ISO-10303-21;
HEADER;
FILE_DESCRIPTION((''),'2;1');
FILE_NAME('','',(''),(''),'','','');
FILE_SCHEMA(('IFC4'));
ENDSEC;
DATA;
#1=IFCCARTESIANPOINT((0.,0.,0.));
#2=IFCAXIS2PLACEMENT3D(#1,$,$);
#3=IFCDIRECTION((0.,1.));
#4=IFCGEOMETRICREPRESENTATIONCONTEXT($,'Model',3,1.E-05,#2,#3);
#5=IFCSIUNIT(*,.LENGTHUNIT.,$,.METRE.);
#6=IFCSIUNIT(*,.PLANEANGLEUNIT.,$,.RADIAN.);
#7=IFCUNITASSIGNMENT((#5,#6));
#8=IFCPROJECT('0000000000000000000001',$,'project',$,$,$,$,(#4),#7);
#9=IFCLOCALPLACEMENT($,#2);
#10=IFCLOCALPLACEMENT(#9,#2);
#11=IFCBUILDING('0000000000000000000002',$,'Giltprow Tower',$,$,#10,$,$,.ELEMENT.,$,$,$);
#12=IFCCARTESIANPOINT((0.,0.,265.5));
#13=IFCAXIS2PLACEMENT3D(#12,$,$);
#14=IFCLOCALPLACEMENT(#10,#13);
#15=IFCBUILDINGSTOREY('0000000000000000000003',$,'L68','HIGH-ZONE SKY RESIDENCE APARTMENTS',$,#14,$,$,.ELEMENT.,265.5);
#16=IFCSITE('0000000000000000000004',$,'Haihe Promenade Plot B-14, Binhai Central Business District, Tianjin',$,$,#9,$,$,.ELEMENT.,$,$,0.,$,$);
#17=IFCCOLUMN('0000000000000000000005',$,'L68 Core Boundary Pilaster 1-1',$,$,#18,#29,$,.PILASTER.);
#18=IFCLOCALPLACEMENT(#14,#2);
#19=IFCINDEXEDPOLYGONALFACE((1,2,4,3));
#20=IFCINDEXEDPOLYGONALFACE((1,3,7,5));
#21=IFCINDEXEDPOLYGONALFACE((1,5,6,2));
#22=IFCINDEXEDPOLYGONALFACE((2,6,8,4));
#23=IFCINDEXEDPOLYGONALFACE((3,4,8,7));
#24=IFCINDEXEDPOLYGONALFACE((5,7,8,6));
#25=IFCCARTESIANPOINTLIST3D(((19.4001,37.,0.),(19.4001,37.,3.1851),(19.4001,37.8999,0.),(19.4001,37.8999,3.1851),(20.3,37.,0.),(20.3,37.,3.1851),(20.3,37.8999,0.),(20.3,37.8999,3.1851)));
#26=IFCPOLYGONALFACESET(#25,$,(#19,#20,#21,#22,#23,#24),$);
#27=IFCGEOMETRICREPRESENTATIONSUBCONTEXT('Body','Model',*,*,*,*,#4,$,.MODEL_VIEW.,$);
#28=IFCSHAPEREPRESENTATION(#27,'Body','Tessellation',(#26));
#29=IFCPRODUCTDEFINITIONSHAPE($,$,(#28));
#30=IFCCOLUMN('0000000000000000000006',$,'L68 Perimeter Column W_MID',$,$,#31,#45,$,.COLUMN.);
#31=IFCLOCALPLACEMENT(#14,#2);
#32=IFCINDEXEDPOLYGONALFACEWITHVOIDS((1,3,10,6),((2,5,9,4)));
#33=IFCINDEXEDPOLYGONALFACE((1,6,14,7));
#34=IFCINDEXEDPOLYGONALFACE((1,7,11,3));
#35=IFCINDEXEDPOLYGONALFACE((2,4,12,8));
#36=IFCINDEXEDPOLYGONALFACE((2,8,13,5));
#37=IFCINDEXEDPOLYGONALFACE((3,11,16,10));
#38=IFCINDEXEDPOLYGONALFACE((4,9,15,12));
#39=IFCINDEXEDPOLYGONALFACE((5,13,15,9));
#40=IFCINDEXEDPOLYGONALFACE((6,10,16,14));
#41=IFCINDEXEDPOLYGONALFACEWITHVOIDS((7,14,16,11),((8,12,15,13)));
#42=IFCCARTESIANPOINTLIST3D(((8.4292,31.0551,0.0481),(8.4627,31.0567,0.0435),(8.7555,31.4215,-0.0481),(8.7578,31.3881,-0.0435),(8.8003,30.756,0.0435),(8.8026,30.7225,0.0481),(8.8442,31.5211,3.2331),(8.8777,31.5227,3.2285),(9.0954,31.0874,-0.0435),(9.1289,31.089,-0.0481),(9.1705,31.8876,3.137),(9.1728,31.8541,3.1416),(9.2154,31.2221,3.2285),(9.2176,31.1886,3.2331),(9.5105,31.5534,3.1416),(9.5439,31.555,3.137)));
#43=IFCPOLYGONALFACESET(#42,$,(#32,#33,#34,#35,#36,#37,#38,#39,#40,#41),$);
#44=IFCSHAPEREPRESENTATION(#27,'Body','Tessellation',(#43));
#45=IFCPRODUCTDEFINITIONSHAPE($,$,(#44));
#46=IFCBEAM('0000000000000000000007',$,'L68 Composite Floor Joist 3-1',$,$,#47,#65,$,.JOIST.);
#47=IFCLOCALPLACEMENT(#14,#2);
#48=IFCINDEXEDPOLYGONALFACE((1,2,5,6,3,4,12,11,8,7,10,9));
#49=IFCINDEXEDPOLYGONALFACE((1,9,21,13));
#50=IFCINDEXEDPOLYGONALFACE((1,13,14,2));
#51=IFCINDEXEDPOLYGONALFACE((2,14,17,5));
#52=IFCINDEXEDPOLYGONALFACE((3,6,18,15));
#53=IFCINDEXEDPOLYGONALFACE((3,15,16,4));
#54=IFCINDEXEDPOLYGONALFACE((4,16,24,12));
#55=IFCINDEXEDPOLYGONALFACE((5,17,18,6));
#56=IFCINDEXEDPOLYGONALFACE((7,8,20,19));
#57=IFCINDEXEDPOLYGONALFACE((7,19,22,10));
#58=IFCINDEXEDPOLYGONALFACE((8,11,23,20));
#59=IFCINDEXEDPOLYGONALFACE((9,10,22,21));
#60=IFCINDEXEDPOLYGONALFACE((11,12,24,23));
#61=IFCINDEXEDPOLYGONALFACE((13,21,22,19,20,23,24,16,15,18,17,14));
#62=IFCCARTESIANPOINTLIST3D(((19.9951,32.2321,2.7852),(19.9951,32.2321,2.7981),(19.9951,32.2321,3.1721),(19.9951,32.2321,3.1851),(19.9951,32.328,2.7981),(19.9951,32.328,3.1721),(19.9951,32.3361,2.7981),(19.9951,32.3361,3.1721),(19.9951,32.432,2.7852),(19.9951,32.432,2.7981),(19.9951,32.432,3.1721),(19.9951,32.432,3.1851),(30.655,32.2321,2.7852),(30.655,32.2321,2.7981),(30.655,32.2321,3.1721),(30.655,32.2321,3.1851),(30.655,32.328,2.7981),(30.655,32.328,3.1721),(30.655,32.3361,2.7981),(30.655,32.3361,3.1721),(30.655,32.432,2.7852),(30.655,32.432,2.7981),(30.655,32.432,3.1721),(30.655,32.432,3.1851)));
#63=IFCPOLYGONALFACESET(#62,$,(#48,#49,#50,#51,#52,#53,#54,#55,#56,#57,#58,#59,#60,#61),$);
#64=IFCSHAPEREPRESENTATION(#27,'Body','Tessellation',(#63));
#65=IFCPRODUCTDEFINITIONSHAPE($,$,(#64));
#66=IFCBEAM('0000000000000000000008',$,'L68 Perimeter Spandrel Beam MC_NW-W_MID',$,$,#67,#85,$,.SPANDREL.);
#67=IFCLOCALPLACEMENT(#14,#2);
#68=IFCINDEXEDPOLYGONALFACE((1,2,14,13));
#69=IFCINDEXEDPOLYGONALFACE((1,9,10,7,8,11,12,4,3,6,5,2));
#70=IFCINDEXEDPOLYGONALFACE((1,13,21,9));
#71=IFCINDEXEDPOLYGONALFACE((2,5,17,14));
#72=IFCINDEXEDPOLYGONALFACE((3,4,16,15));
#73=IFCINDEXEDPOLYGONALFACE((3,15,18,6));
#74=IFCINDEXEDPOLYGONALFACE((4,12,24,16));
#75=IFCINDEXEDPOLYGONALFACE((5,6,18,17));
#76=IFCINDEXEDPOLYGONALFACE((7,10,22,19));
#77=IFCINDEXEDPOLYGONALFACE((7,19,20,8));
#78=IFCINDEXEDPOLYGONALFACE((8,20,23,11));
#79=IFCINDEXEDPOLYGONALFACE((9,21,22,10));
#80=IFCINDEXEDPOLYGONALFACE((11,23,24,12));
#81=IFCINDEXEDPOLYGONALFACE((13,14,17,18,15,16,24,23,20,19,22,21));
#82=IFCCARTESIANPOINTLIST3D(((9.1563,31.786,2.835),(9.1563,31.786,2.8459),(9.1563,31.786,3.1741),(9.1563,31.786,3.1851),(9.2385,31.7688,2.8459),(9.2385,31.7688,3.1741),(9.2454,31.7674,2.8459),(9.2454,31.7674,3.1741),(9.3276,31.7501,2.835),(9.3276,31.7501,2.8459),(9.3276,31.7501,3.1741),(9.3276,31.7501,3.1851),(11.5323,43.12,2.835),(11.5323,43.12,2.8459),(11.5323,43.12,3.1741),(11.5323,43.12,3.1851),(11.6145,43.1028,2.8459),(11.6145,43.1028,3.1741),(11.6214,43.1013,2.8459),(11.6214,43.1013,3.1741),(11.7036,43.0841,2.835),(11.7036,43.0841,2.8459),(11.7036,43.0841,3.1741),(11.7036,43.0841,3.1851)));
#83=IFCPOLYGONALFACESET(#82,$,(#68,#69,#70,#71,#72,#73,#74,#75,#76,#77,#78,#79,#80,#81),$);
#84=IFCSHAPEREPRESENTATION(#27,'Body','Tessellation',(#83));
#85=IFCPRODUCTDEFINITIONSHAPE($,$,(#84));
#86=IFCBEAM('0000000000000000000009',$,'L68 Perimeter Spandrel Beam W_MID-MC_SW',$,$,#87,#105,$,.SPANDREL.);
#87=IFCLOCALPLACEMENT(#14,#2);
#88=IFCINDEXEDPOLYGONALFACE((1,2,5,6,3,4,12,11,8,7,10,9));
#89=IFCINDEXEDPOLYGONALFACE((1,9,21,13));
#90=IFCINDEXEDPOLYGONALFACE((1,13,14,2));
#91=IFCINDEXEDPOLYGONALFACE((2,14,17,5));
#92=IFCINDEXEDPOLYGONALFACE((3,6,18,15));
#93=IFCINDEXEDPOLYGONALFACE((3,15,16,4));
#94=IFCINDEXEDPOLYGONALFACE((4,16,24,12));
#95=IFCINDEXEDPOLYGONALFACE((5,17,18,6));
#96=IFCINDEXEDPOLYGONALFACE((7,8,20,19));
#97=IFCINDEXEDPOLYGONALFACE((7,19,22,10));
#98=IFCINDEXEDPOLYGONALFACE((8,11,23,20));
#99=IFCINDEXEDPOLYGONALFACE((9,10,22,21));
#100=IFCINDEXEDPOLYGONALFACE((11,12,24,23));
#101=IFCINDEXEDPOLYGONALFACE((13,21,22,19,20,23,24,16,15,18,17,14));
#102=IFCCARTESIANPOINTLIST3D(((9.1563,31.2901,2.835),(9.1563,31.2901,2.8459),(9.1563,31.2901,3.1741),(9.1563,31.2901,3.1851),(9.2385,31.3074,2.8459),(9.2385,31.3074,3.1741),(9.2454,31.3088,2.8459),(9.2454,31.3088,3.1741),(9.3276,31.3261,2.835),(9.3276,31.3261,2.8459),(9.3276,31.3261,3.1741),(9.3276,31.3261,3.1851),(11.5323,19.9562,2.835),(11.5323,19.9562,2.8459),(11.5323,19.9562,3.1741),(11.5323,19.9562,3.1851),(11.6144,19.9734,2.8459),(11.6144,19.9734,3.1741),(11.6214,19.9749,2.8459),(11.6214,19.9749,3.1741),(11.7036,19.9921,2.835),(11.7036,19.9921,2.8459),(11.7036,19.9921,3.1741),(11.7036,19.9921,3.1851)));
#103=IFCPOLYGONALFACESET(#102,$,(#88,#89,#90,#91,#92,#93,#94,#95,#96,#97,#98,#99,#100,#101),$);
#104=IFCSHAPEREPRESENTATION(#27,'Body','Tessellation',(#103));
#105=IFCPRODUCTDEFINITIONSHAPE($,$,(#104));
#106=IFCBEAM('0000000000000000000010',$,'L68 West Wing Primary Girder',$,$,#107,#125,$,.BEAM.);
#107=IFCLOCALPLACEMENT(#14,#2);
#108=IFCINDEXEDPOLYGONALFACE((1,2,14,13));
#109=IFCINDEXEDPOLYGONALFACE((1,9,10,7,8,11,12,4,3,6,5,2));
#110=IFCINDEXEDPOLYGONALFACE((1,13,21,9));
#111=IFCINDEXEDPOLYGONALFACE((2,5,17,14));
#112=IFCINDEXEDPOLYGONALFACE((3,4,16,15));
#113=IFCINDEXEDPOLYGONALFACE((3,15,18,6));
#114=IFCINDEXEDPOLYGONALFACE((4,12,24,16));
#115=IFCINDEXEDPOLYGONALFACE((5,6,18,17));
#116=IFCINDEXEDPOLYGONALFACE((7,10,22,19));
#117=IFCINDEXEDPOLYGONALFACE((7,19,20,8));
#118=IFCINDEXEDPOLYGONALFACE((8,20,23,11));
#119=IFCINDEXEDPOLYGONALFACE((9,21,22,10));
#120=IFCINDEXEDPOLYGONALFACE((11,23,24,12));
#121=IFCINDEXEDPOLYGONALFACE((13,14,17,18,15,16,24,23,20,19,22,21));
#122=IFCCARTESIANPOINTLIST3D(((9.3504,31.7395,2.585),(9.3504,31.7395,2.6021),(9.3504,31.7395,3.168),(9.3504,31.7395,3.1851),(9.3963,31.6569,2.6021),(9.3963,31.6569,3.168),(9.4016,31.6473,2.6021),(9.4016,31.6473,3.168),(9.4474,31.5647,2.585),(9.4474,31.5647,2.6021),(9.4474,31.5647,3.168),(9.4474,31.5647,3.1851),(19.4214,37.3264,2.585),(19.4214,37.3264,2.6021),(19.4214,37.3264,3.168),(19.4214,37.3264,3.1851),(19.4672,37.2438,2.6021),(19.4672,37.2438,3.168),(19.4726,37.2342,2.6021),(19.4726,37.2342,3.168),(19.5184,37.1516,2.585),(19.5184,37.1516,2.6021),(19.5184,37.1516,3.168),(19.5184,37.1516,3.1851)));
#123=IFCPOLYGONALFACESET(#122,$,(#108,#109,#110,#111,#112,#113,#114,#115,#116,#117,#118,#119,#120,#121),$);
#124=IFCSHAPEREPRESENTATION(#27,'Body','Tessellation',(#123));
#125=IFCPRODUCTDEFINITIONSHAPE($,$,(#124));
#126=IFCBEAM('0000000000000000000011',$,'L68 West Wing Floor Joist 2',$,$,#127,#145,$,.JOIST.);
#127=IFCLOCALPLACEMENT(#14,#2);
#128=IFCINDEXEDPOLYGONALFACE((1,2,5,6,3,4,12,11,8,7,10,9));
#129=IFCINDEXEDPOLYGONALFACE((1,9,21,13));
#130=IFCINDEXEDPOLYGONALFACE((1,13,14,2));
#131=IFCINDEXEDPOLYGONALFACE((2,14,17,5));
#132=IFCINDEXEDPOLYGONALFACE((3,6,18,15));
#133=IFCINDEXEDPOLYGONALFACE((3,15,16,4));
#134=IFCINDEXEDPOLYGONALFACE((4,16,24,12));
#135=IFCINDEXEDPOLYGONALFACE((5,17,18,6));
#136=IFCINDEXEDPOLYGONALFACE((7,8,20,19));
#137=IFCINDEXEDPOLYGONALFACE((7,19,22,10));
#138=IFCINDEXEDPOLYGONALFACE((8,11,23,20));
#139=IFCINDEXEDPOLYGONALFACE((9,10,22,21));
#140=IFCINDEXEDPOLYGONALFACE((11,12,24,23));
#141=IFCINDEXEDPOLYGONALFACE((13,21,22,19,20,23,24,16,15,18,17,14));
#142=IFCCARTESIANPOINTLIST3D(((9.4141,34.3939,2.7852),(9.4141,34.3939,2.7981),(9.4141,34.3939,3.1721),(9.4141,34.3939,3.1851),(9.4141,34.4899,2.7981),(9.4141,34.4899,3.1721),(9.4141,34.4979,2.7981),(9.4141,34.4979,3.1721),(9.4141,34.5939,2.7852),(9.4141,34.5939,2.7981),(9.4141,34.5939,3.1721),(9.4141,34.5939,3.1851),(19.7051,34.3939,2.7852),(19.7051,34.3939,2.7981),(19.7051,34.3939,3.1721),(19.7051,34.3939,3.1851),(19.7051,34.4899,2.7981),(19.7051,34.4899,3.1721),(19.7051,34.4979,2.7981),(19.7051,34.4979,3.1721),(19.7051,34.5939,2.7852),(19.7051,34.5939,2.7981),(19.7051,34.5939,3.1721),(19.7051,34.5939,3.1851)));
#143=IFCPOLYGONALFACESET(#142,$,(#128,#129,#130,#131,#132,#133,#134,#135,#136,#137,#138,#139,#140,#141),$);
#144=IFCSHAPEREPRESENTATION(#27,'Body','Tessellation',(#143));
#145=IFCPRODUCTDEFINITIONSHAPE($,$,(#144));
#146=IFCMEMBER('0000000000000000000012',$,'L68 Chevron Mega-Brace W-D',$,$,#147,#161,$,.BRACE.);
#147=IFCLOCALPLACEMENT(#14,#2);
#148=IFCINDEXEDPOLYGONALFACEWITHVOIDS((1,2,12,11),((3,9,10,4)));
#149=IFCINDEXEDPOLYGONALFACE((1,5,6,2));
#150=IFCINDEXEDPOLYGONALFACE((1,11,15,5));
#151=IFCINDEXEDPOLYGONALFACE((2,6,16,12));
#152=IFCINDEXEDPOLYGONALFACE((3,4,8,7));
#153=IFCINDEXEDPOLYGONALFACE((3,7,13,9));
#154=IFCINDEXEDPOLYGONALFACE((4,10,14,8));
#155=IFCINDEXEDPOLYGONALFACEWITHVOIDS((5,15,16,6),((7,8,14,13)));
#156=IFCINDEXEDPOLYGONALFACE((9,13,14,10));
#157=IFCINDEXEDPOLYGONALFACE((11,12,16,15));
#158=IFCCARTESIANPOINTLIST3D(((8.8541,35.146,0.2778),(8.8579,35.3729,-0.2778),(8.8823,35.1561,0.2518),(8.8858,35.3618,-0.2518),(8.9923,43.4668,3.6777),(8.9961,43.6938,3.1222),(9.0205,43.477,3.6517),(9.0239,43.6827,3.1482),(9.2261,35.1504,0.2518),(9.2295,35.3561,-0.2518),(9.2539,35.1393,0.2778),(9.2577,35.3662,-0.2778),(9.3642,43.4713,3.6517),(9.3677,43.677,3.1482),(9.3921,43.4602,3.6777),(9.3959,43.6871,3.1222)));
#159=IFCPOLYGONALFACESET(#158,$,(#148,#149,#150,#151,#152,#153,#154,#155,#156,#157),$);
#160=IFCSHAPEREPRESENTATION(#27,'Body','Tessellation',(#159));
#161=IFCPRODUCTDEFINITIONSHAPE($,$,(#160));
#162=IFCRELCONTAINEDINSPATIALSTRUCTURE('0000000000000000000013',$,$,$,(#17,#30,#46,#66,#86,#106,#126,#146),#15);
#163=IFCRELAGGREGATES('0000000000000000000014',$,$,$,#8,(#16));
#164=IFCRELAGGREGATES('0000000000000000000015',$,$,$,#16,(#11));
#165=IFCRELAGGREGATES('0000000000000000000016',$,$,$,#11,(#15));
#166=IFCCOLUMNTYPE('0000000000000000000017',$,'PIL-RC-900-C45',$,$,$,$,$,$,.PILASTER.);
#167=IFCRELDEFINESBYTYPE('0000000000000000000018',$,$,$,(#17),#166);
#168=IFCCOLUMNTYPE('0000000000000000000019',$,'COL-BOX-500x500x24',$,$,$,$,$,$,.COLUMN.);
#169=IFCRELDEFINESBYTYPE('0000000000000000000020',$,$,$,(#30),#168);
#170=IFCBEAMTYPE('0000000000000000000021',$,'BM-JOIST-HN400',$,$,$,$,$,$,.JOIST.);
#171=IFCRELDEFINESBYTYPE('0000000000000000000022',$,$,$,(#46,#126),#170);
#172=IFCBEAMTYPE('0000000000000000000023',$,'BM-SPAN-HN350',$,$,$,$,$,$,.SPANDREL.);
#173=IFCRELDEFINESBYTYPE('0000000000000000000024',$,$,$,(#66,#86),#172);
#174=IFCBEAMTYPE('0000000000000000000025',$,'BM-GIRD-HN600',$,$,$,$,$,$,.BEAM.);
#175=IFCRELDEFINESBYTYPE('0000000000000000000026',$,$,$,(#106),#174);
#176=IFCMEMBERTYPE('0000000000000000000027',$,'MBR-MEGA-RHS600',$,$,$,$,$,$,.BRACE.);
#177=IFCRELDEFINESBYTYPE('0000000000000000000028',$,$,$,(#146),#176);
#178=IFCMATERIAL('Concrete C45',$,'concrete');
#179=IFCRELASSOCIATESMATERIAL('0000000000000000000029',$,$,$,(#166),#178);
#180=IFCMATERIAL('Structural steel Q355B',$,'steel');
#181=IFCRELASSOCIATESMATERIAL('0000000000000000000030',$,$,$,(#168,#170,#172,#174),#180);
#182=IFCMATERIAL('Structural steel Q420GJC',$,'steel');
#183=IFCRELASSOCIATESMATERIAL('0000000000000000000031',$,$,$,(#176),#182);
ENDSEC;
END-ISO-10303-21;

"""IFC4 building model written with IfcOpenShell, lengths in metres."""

from ifc_helpers import new_model, si_unit, direction, frame, origin, origin_2d, place, context, subcontext, project, spatial, rectangle, hollow_rectangle, i_section, extrude, source, transform, mapped, material, material_profile, profile_set, type_object, element, save


model = new_model("IFC4")

# Units and contexts
model_context = context("Model", 3, precision=1e-05, world=origin(), true_north=direction((0.0, 1.0)))
body_context = subcontext(model_context, "Body", "Model", "MODEL_VIEW")
ifc_project = project(units=[si_unit("LENGTHUNIT", "METRE"), si_unit("PLANEANGLEUNIT", "RADIAN")], contexts=[model_context])

# Site, building, storey
site_placement = place(None, origin())
site = spatial("IfcSite", under=ifc_project, at=site_placement, Name="Haihe Promenade Plot B-14, Binhai Central Business District, Tianjin", CompositionType="ELEMENT", RefElevation=0.0)
building_placement = place(site_placement, origin())
building = spatial("IfcBuilding", under=site, at=building_placement, Name="Giltprow Tower", CompositionType="ELEMENT")
storey_placement = place(building_placement, frame((0.0, 0.0, 265.5)))
storey = spatial("IfcBuildingStorey", under=building, at=storey_placement, Name="L68", Description="HIGH-ZONE SKY RESIDENCE APARTMENTS", CompositionType="ELEMENT", Elevation=265.5)

# Columns
ifc_material_1 = material(Name="Concrete C45", Category="concrete")
ifc_material_profile_1 = material_profile(ifc_material_1, rectangle(XDim=0.8999, YDim=0.8999, at=origin_2d()), Name="RC 900x900")
ifc_profile_set_1 = profile_set([ifc_material_profile_1], Name="Concrete C45")
column_type_1 = type_object("IfcColumnType", Name="PIL-RC-900-C45", PredefinedType="PILASTER", material=ifc_profile_set_1)
shared_shape_1 = source(origin(), body_context, "Body", "SweptSolid", [
    extrude(rectangle(XDim=0.8999, YDim=0.8999, at=origin_2d()), origin(), (0.0, 0.0, 1.0), 3.1851),
])
column_1_placement = place(storey_placement, frame((19.8501, 37.45, 0.0), z_axis=(0.0, 0.0, 1.0), x_axis=(1.0, 0.0, 0.0)))
element("IfcColumn", 1, at=column_1_placement, inside=storey, type_object=column_type_1, Name="L68 Core Boundary Pilaster 1-1", PredefinedType="PILASTER", context=body_context, shape_type="MappedRepresentation", body=[
    mapped(shared_shape_1, transform((0.0, 0.0, 0.0), x_axis=(1.0, 0.0, 0.0), y_axis=(0.0, 1.0, 0.0), z_axis=(0.0, 0.0, 1.0), scale=1.0)),
])
ifc_material_2 = material(Name="Structural steel Q355B", Category="steel")
ifc_material_profile_2 = material_profile(ifc_material_2, hollow_rectangle(XDim=0.5, YDim=0.5, WallThickness=0.0239, at=origin_2d()), Name="BOX 500x500x24")
ifc_profile_set_2 = profile_set([ifc_material_profile_2], Name="Structural steel Q355B")
column_type_2 = type_object("IfcColumnType", Name="COL-BOX-500x500x24", PredefinedType="COLUMN", material=ifc_profile_set_2)
shared_shape_2 = source(origin(), body_context, "Body", "SweptSolid", [
    extrude(hollow_rectangle(XDim=0.5, YDim=0.5, WallThickness=0.0239, at=origin_2d()), origin(), (0.0, 0.0, 1.0), 3.2456),
])
column_2_placement = place(storey_placement, frame((8.7791, 31.072, 0.0), z_axis=(0.127877, 0.143598, 0.98134), x_axis=(-0.746805, 0.665043, 0.0)))
element("IfcColumn", 2, at=column_2_placement, inside=storey, type_object=column_type_2, Name="L68 Perimeter Column W_MID", PredefinedType="COLUMN", context=body_context, shape_type="MappedRepresentation", body=[
    mapped(shared_shape_2, transform((0.0, 0.0, 0.0), x_axis=(1.0, 0.0, 0.0), y_axis=(0.0, 1.0, 0.0), z_axis=(0.0, 0.0, 1.0), scale=1.0)),
])

# Beams
ifc_material_profile_3 = material_profile(ifc_material_2, i_section(OverallWidth=0.2, OverallDepth=0.3999, WebThickness=0.0081, FlangeThickness=0.0129, at=origin_2d()), Name="HN 400x200x8x13")
ifc_profile_set_3 = profile_set([ifc_material_profile_3], Name="Structural steel Q355B")
beam_type_1 = type_object("IfcBeamType", Name="BM-JOIST-HN400", PredefinedType="JOIST", material=ifc_profile_set_3)
shared_shape_3 = source(origin(), body_context, "Body", "SweptSolid", [
    extrude(i_section(OverallWidth=0.2, OverallDepth=0.3999, WebThickness=0.0081, FlangeThickness=0.0129, at=origin_2d()), origin(), (0.0, 0.0, 1.0), 10.6599),
])
beam_1_placement = place(storey_placement, frame((19.9951, 32.332, 2.9851), z_axis=(1.0, 0.0, 0.0), x_axis=(0.0, 1.0, 0.0)))
element("IfcBeam", 3, at=beam_1_placement, inside=storey, type_object=beam_type_1, Name="L68 Composite Floor Joist 3-1", PredefinedType="JOIST", context=body_context, shape_type="MappedRepresentation", body=[
    mapped(shared_shape_3, transform((0.0, 0.0, 0.0), x_axis=(1.0, 0.0, 0.0), y_axis=(0.0, 1.0, 0.0), z_axis=(0.0, 0.0, 1.0), scale=1.0)),
])
ifc_material_profile_4 = material_profile(ifc_material_2, i_section(OverallWidth=0.175, OverallDepth=0.3501, WebThickness=0.0071, FlangeThickness=0.011, at=origin_2d()), Name="HN 350x175x7x11")
ifc_profile_set_4 = profile_set([ifc_material_profile_4], Name="Structural steel Q355B")
beam_type_2 = type_object("IfcBeamType", Name="BM-SPAN-HN350", PredefinedType="SPANDREL", material=ifc_profile_set_4)
shared_shape_4 = source(origin(), body_context, "Body", "SweptSolid", [
    extrude(i_section(OverallWidth=0.175, OverallDepth=0.3501, WebThickness=0.0071, FlangeThickness=0.011, at=origin_2d()), origin(), (0.0, 0.0, 1.0), 11.5803),
])
for number, where, z_axis, x_axis, name in (
    (4, (11.6179, 43.1021, 3.01), (-0.205173, -0.978726, 0.0), (0.978726, -0.205173, 0.0), "L68 Perimeter Spandrel Beam MC_NW-W_MID"),
    (5, (9.2419, 31.3081, 3.01), (0.205173, -0.978726, 0.0), (0.978726, 0.205173, 0.0), "L68 Perimeter Spandrel Beam W_MID-MC_SW"),
):
    element("IfcBeam", number, at=place(storey_placement, frame(where, z_axis=z_axis, x_axis=x_axis)), inside=storey, type_object=beam_type_2, Name=name, PredefinedType="SPANDREL", context=body_context, shape_type="MappedRepresentation", body=[
        mapped(shared_shape_4, transform((0.0, 0.0, 0.0), x_axis=(1.0, 0.0, 0.0), y_axis=(0.0, 1.0, 0.0), z_axis=(0.0, 0.0, 1.0), scale=1.0)),
    ])
ifc_material_profile_5 = material_profile(ifc_material_2, i_section(OverallWidth=0.2, OverallDepth=0.6001, WebThickness=0.011, FlangeThickness=0.0171, at=origin_2d()), Name="HN 600x200x11x17")
ifc_profile_set_5 = profile_set([ifc_material_profile_5], Name="Structural steel Q355B")
beam_type_3 = type_object("IfcBeamType", Name="BM-GIRD-HN600", PredefinedType="BEAM", material=ifc_profile_set_5)
shared_shape_5 = source(origin(), body_context, "Body", "SweptSolid", [
    extrude(i_section(OverallWidth=0.2, OverallDepth=0.6001, WebThickness=0.011, FlangeThickness=0.0171, at=origin_2d()), origin(), (0.0, 0.0, 1.0), 11.5168),
])
beam_2_placement = place(storey_placement, frame((9.3989, 31.6521, 2.885), z_axis=(0.874456, 0.485105, 0.0), x_axis=(-0.485105, 0.874456, 0.0)))
element("IfcBeam", 6, at=beam_2_placement, inside=storey, type_object=beam_type_3, Name="L68 West Wing Primary Girder", PredefinedType="BEAM", context=body_context, shape_type="MappedRepresentation", body=[
    mapped(shared_shape_5, transform((0.0, 0.0, 0.0), x_axis=(1.0, 0.0, 0.0), y_axis=(0.0, 1.0, 0.0), z_axis=(0.0, 0.0, 1.0), scale=1.0)),
])
shared_shape_6 = source(origin(), body_context, "Body", "SweptSolid", [
    extrude(i_section(OverallWidth=0.2, OverallDepth=0.3999, WebThickness=0.0081, FlangeThickness=0.0129, at=origin_2d()), origin(), (0.0, 0.0, 1.0), 10.291),
])
beam_3_placement = place(storey_placement, frame((9.4141, 34.4939, 2.9851), z_axis=(1.0, 0.0, 0.0), x_axis=(0.0, 1.0, 0.0)))
element("IfcBeam", 7, at=beam_3_placement, inside=storey, type_object=beam_type_1, Name="L68 West Wing Floor Joist 2", PredefinedType="JOIST", context=body_context, shape_type="MappedRepresentation", body=[
    mapped(shared_shape_6, transform((0.0, 0.0, 0.0), x_axis=(1.0, 0.0, 0.0), y_axis=(0.0, 1.0, 0.0), z_axis=(0.0, 0.0, 1.0), scale=1.0)),
])

# Member
ifc_material_3 = material(Name="Structural steel Q420GJC", Category="steel")
ifc_material_profile_6 = material_profile(ifc_material_3, hollow_rectangle(XDim=0.3999, YDim=0.6001, WallThickness=0.0281, at=origin_2d()), Name="RHS 600x400x28")
ifc_profile_set_6 = profile_set([ifc_material_profile_6], Name="Structural steel Q420GJC")
member_type = type_object("IfcMemberType", Name="MBR-MEGA-RHS600", PredefinedType="BRACE", material=ifc_profile_set_6)
shared_shape_7 = source(origin(), body_context, "Body", "SweptSolid", [
    extrude(hollow_rectangle(XDim=0.3999, YDim=0.6001, WallThickness=0.0281, at=origin_2d()), origin(), (0.0, 0.0, 1.0), 8.9897),
])
member_placement = place(storey_placement, frame((9.0559, 35.2561, 0.0), z_axis=(0.015371, 0.925596, 0.378201), x_axis=(-0.999862, 0.016605, 0.0)))
element("IfcMember", 8, at=member_placement, inside=storey, type_object=member_type, Name="L68 Chevron Mega-Brace W-D", PredefinedType="BRACE", context=body_context, shape_type="MappedRepresentation", body=[
    mapped(shared_shape_7, transform((0.0, 0.0, 0.0), x_axis=(1.0, 0.0, 0.0), y_axis=(0.0, 1.0, 0.0), z_axis=(0.0, 0.0, 1.0), scale=1.0)),
])

save(model, "model.ifc")
